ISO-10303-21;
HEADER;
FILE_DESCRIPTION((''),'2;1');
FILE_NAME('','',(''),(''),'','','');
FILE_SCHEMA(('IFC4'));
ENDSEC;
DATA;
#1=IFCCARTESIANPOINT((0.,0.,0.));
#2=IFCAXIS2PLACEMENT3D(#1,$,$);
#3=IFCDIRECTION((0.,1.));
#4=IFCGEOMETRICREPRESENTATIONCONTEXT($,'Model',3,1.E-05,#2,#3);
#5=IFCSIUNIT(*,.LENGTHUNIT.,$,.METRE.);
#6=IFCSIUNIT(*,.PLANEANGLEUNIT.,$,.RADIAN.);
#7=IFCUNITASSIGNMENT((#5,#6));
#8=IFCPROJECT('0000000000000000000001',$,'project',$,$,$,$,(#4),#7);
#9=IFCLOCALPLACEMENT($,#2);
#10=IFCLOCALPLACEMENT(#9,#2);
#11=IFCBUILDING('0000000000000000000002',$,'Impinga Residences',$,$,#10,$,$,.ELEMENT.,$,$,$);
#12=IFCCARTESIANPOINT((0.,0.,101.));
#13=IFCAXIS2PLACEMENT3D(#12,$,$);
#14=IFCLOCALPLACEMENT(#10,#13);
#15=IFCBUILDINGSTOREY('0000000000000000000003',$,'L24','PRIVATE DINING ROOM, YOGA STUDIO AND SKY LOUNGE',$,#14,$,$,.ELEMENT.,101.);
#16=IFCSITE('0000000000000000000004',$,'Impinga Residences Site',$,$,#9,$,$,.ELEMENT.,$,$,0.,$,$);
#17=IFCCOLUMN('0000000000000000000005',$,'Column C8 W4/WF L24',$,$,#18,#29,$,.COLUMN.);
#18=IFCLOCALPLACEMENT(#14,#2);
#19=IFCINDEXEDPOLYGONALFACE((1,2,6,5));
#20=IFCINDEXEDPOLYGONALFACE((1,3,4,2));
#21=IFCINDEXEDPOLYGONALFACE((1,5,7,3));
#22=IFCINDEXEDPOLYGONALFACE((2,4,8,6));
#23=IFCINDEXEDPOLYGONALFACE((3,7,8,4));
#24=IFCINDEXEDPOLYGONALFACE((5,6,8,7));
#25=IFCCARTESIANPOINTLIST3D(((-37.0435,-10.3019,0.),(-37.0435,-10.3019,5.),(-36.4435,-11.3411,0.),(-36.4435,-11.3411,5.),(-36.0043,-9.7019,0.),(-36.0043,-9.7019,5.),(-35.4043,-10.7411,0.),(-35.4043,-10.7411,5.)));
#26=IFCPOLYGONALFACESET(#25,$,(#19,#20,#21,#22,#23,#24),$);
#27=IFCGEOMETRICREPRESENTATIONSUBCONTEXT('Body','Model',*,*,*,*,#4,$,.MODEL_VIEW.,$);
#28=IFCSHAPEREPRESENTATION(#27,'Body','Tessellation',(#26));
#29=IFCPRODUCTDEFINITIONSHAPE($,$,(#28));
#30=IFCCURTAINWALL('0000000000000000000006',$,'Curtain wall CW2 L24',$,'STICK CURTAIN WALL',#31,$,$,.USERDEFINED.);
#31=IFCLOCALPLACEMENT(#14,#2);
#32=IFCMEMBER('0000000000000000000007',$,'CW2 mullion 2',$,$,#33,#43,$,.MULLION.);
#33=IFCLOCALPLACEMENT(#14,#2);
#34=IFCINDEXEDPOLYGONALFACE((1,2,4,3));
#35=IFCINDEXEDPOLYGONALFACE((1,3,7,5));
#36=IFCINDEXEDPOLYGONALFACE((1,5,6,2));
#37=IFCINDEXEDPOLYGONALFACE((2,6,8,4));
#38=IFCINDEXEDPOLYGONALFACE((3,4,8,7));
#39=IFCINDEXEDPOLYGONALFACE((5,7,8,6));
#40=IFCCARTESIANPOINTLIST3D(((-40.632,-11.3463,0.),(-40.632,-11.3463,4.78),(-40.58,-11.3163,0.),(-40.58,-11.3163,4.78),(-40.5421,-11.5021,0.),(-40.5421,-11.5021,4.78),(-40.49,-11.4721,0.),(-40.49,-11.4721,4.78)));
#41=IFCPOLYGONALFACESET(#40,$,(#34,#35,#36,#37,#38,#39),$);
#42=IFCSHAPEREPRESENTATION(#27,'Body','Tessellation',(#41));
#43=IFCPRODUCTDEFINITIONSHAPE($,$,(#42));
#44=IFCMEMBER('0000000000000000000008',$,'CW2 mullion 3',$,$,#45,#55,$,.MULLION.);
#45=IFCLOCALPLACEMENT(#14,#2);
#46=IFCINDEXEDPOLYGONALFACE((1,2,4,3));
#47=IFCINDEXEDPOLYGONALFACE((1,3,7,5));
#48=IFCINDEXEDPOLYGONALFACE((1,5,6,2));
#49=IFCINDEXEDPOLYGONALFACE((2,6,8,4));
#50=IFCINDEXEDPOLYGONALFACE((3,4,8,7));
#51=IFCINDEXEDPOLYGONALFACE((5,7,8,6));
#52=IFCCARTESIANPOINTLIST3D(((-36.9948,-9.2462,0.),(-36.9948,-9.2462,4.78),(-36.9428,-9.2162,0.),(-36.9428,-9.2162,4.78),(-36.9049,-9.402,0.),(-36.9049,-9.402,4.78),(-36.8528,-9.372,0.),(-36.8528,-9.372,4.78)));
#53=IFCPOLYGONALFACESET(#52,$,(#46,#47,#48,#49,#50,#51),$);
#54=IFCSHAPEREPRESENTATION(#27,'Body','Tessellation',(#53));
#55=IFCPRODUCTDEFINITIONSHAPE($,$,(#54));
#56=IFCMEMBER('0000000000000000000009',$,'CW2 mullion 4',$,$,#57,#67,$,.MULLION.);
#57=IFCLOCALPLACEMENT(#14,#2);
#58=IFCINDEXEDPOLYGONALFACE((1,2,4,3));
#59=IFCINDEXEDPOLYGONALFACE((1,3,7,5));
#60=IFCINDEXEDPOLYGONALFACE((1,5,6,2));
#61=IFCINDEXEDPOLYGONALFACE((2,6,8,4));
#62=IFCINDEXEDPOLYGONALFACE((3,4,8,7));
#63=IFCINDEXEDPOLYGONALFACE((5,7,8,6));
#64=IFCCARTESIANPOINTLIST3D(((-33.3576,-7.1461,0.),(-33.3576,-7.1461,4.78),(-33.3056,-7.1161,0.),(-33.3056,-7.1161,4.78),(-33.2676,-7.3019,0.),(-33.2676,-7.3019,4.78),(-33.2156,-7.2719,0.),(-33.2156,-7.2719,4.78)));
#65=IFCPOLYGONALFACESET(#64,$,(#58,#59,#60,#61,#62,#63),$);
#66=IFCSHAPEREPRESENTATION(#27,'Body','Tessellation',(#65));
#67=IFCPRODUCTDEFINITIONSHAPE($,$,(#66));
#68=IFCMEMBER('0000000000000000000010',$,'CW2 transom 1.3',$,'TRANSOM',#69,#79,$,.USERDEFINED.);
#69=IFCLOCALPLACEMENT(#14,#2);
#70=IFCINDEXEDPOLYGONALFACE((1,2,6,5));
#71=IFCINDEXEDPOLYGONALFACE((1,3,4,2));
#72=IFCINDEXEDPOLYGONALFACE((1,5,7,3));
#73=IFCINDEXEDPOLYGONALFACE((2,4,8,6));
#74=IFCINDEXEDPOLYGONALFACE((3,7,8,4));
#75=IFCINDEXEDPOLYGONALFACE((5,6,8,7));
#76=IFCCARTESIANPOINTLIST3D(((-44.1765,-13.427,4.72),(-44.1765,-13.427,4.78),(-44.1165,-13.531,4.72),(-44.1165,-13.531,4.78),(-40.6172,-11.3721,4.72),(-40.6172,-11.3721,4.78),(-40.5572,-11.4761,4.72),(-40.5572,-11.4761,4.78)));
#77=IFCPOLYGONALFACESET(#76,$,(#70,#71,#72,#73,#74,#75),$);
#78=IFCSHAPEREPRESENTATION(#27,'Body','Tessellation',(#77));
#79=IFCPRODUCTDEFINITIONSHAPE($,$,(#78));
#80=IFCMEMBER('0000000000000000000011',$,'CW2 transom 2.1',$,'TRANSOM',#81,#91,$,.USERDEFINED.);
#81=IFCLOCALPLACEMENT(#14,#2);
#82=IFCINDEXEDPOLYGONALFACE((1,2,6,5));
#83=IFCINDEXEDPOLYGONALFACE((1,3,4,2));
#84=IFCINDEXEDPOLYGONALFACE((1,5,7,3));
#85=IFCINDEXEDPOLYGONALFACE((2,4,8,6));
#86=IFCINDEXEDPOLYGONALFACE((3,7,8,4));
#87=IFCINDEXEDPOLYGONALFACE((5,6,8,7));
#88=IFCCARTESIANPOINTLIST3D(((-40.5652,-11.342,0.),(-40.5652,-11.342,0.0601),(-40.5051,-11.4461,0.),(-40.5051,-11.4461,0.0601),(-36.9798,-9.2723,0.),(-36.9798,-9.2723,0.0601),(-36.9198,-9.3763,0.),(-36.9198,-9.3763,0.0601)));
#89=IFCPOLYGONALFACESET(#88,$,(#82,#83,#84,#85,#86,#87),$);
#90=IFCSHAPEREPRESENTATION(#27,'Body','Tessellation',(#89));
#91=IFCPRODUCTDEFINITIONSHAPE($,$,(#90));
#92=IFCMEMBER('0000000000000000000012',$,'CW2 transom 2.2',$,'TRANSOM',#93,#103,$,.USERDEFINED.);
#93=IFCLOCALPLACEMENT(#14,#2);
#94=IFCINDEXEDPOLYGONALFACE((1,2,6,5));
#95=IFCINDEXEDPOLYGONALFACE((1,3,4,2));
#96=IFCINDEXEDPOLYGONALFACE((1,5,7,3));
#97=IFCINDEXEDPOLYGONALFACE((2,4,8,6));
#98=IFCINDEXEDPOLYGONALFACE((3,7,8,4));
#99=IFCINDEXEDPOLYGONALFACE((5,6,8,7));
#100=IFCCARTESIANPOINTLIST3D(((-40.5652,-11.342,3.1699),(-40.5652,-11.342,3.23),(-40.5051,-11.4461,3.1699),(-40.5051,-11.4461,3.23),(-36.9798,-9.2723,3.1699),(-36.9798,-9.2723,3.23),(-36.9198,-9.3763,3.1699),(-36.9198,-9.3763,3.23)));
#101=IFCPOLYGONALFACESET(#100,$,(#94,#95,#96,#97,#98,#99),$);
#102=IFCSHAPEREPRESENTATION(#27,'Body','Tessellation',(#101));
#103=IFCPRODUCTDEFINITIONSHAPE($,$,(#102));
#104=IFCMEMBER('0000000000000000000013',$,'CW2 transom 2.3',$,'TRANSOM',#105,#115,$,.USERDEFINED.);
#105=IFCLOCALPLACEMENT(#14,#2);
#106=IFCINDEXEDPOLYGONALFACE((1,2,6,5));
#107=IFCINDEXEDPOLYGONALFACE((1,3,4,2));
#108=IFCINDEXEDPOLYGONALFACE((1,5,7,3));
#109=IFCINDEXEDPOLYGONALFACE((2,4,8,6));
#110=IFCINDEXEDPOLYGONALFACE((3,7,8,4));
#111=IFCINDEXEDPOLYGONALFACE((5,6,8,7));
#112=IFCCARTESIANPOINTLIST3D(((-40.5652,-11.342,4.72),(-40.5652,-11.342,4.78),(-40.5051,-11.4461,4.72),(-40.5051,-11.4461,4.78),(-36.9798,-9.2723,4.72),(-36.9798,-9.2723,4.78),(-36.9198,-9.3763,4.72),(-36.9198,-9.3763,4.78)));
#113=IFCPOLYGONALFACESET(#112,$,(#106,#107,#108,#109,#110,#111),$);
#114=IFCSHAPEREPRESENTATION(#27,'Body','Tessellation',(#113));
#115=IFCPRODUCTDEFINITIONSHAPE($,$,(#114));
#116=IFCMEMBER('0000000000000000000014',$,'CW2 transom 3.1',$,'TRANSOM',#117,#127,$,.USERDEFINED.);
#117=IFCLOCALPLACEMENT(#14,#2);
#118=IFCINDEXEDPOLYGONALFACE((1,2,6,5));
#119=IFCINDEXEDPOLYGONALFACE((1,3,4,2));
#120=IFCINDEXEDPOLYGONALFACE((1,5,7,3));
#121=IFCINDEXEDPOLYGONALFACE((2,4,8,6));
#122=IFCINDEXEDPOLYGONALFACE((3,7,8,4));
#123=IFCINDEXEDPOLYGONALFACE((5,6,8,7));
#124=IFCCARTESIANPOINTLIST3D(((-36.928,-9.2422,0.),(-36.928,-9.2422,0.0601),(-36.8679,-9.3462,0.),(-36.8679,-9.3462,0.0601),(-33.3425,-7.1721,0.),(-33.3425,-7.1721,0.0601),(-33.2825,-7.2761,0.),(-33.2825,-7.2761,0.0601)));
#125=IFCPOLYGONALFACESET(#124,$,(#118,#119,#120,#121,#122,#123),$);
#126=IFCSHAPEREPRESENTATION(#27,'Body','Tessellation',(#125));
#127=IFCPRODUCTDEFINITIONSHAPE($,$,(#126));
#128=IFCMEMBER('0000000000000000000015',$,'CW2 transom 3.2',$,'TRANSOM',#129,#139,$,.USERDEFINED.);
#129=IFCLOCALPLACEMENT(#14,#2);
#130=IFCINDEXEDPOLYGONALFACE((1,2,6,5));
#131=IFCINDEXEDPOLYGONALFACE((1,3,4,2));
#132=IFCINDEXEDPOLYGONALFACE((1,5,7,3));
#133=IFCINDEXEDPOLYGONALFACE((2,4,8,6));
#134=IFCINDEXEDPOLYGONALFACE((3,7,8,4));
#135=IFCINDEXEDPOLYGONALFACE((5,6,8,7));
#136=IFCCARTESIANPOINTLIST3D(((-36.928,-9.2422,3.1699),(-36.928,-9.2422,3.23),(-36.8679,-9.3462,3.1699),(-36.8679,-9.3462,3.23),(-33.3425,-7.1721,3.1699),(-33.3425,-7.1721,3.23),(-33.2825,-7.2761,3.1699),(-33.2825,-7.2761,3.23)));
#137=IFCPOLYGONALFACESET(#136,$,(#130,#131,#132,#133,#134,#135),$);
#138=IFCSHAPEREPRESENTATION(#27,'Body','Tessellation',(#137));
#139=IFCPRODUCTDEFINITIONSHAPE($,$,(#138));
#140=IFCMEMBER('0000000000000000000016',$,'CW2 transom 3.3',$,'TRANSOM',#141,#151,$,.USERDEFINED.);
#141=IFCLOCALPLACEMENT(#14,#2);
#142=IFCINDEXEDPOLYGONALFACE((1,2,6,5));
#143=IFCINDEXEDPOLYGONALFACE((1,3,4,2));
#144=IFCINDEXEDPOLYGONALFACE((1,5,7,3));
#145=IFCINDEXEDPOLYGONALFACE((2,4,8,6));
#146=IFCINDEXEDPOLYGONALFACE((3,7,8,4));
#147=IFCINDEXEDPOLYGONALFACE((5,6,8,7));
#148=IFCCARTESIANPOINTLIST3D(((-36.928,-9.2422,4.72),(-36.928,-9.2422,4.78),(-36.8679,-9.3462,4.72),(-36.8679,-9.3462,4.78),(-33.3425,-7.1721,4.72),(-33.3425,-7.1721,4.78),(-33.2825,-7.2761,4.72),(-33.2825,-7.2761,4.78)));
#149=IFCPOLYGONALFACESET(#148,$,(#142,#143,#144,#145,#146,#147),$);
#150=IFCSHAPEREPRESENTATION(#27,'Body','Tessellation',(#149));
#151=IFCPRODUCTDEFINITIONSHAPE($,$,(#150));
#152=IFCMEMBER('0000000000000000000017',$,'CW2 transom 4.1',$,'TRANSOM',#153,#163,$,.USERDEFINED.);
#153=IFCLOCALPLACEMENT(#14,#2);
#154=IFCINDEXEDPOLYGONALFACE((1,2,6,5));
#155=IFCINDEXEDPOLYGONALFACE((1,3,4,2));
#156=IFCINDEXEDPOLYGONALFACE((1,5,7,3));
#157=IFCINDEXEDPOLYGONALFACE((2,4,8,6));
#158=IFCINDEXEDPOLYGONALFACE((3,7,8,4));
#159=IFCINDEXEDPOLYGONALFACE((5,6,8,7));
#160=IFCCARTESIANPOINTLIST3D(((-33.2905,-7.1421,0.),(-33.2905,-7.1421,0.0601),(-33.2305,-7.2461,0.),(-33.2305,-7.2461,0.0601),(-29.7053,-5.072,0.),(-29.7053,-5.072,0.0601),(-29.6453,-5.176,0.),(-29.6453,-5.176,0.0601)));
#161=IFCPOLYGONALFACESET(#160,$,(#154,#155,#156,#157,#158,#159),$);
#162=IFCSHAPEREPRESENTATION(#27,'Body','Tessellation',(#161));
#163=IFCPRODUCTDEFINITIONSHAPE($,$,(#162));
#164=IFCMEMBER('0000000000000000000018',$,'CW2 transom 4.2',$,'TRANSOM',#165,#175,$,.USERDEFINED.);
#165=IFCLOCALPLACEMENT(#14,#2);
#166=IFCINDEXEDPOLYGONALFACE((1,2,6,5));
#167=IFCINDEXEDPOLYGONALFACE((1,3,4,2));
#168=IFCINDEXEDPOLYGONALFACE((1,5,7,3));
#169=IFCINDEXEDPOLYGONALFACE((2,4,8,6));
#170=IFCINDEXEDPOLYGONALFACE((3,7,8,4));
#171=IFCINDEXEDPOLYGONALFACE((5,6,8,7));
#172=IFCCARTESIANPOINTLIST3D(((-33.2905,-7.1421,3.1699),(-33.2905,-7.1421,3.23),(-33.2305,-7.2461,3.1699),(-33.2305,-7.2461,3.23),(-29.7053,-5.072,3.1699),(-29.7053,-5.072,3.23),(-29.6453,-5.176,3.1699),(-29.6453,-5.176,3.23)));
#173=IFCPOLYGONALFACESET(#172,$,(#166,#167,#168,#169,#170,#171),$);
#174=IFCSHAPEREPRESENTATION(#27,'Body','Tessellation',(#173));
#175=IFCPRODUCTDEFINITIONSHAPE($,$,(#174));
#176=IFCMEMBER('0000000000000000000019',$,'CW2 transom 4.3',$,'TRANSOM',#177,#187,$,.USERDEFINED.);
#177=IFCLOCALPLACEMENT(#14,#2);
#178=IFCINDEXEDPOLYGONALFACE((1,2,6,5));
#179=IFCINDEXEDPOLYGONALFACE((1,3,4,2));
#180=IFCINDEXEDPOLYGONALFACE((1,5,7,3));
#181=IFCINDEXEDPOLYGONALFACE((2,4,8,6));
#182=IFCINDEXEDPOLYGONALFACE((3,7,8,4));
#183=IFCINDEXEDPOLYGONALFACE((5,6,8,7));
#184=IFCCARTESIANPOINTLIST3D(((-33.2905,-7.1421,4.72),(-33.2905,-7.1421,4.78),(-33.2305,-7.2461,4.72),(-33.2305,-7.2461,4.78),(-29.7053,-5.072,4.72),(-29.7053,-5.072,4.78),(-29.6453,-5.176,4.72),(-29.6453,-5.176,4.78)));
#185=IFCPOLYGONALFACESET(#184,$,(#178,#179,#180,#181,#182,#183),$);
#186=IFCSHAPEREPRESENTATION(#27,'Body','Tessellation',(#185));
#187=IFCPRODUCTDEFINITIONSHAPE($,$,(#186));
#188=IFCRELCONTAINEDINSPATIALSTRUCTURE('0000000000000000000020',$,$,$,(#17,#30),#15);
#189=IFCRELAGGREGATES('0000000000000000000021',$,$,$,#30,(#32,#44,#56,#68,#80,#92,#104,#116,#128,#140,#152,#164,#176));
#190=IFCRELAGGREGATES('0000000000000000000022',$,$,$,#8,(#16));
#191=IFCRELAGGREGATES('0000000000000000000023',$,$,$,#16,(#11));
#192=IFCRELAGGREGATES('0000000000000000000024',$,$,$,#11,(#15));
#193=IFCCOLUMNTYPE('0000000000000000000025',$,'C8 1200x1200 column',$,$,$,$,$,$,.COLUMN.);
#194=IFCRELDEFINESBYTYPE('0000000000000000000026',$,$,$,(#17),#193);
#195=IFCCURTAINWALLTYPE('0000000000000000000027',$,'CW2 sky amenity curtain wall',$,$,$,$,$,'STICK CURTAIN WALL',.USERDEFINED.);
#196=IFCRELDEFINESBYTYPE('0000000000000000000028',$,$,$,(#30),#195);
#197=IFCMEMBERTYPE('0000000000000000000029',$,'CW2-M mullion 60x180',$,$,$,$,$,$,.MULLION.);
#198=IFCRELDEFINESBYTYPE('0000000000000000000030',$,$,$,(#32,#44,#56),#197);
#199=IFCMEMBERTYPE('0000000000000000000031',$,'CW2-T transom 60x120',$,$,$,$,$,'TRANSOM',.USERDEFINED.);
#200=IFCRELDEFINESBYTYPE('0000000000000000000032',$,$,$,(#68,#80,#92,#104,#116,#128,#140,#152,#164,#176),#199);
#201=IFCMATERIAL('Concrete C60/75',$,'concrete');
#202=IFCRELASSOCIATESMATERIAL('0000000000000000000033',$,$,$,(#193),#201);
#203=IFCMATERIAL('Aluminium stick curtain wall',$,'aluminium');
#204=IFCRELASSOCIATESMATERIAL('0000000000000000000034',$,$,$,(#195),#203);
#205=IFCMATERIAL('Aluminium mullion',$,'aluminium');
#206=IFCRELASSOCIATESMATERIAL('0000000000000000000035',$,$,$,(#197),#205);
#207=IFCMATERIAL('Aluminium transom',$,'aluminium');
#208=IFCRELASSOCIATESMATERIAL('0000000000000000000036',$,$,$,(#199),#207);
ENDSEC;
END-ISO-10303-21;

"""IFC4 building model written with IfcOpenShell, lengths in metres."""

from ifc_helpers import new_model, si_unit, direction, frame, origin, origin_2d, place, context, subcontext, project, spatial, rectangle, extrude, material, material_profile, profile_set, type_object, element, aggregate, save


model = new_model("IFC4")

# Units and contexts
model_context = context("Model", 3, precision=1e-05, world=origin(), true_north=direction((0.0, 1.0)))
body_context = subcontext(model_context, "Body", "Model", "MODEL_VIEW")
ifc_project = project(units=[si_unit("LENGTHUNIT", "METRE"), si_unit("PLANEANGLEUNIT", "RADIAN")], contexts=[model_context])

# Site, building, storey
site_placement = place(None, origin())
site = spatial("IfcSite", under=ifc_project, at=site_placement, Name="Impinga Residences Site", CompositionType="ELEMENT", RefElevation=0.0)
building_placement = place(site_placement, origin())
building = spatial("IfcBuilding", under=site, at=building_placement, Name="Impinga Residences", CompositionType="ELEMENT")
storey_placement = place(building_placement, frame((0.0, 0.0, 101.0)))
storey = spatial("IfcBuildingStorey", under=building, at=storey_placement, Name="L24", Description="PRIVATE DINING ROOM, YOGA STUDIO AND SKY LOUNGE", CompositionType="ELEMENT", Elevation=101.0)

# Column
ifc_material_1 = material(Name="Concrete C60/75", Category="concrete")
ifc_material_profile_1 = material_profile(ifc_material_1, rectangle(XDim=1.2, YDim=1.2, at=origin_2d()), Name="RC 1200x1200")
ifc_profile_set_1 = profile_set([ifc_material_profile_1], Name="Concrete C60/75")
column_type = type_object("IfcColumnType", Name="C8 1200x1200 column", PredefinedType="COLUMN", material=ifc_profile_set_1)
column_placement = place(storey_placement, frame((-36.2239, -10.5215, 0.0), z_axis=(0.0, 0.0, 1.0), x_axis=(-0.5, 0.866025, 0.0)))
element("IfcColumn", 1, at=column_placement, inside=storey, type_object=column_type, Name="Column C8 W4/WF L24", PredefinedType="COLUMN", context=body_context, shape_type="SweptSolid", body=[
    extrude(rectangle(XDim=1.2, YDim=1.2, at=origin_2d()), origin(), (0.0, 0.0, 1.0), 5.0),
])

# Curtain wall, members
ifc_material_2 = material(Name="Aluminium stick curtain wall", Category="aluminium")
curtain_wall_type = type_object("IfcCurtainWallType", Name="CW2 sky amenity curtain wall", ElementType="STICK CURTAIN WALL", PredefinedType="USERDEFINED", material=ifc_material_2)
curtain_wall_placement = place(storey_placement, origin())
curtain_wall = element("IfcCurtainWall", 2, at=curtain_wall_placement, inside=storey, type_object=curtain_wall_type, Name="Curtain wall CW2 L24", ObjectType="STICK CURTAIN WALL", PredefinedType="USERDEFINED")
ifc_material_3 = material(Name="Aluminium mullion", Category="aluminium")
ifc_material_profile_2 = material_profile(ifc_material_3, rectangle(XDim=0.0601, YDim=0.1799, at=origin_2d()), Name="60x180 mullion")
ifc_profile_set_2 = profile_set([ifc_material_profile_2], Name="Aluminium mullion")
member_type_1 = type_object("IfcMemberType", Name="CW2-M mullion 60x180", PredefinedType="MULLION", material=ifc_profile_set_2)
member_1_placement = place(storey_placement, frame((-40.561, -11.4092, 0.0), z_axis=(0.0, 0.0, 1.0), x_axis=(0.866025, 0.5, 0.0)))
member_1 = element("IfcMember", 3, at=member_1_placement, type_object=member_type_1, Name="CW2 mullion 2", PredefinedType="MULLION", context=body_context, shape_type="SweptSolid", body=[
    extrude(rectangle(XDim=0.0601, YDim=0.1799, at=origin_2d()), origin(), (0.0, 0.0, 1.0), 4.78),
])
member_2_placement = place(storey_placement, frame((-36.9238, -9.3091, 0.0), z_axis=(0.0, 0.0, 1.0), x_axis=(0.866025, 0.5, 0.0)))
member_2 = element("IfcMember", 4, at=member_2_placement, type_object=member_type_1, Name="CW2 mullion 3", PredefinedType="MULLION", context=body_context, shape_type="SweptSolid", body=[
    extrude(rectangle(XDim=0.0601, YDim=0.1799, at=origin_2d()), origin(), (0.0, 0.0, 1.0), 4.78),
])
member_3_placement = place(storey_placement, frame((-33.2866, -7.209, 0.0), z_axis=(0.0, 0.0, 1.0), x_axis=(0.866025, 0.5, 0.0)))
member_3 = element("IfcMember", 5, at=member_3_placement, type_object=member_type_1, Name="CW2 mullion 4", PredefinedType="MULLION", context=body_context, shape_type="SweptSolid", body=[
    extrude(rectangle(XDim=0.0601, YDim=0.1799, at=origin_2d()), origin(), (0.0, 0.0, 1.0), 4.78),
])
ifc_material_4 = material(Name="Aluminium transom", Category="aluminium")
ifc_material_profile_3 = material_profile(ifc_material_4, rectangle(XDim=0.0601, YDim=0.1201, at=origin_2d()), Name="60x120 transom")
ifc_profile_set_3 = profile_set([ifc_material_profile_3], Name="Aluminium transom")
member_type_2 = type_object("IfcMemberType", Name="CW2-T transom 60x120", ElementType="TRANSOM", PredefinedType="USERDEFINED", material=ifc_profile_set_3)
member_4_placement = place(storey_placement, frame((-44.1465, -13.479, 4.75), z_axis=(0.86603, 0.499992, 0.0), x_axis=(0.0, 0.0, 1.0)))
member_4 = element("IfcMember", 6, at=member_4_placement, type_object=member_type_2, Name="CW2 transom 1.3", ObjectType="TRANSOM", PredefinedType="USERDEFINED", context=body_context, shape_type="SweptSolid", body=[
    extrude(rectangle(XDim=0.0601, YDim=0.1201, at=origin_2d()), origin(), (0.0, 0.0, 1.0), 4.1099),
])
member_5_placement = place(storey_placement, frame((-40.5352, -11.394, 0.03), z_axis=(0.86605, 0.499957, 0.0), x_axis=(0.0, 0.0, 1.0)))
member_5 = element("IfcMember", 7, at=member_5_placement, type_object=member_type_2, Name="CW2 transom 2.1", ObjectType="TRANSOM", PredefinedType="USERDEFINED", context=body_context, shape_type="SweptSolid", body=[
    extrude(rectangle(XDim=0.0601, YDim=0.1201, at=origin_2d()), origin(), (0.0, 0.0, 1.0), 4.1399),
])
member_6_placement = place(storey_placement, frame((-40.5352, -11.394, 3.2), z_axis=(0.86605, 0.499957, 0.0), x_axis=(0.0, 0.0, 1.0)))
member_6 = element("IfcMember", 8, at=member_6_placement, type_object=member_type_2, Name="CW2 transom 2.2", ObjectType="TRANSOM", PredefinedType="USERDEFINED", context=body_context, shape_type="SweptSolid", body=[
    extrude(rectangle(XDim=0.0601, YDim=0.1201, at=origin_2d()), origin(), (0.0, 0.0, 1.0), 4.1399),
])
member_7_placement = place(storey_placement, frame((-40.5352, -11.394, 4.75), z_axis=(0.86605, 0.499957, 0.0), x_axis=(0.0, 0.0, 1.0)))
member_7 = element("IfcMember", 9, at=member_7_placement, type_object=member_type_2, Name="CW2 transom 2.3", ObjectType="TRANSOM", PredefinedType="USERDEFINED", context=body_context, shape_type="SweptSolid", body=[
    extrude(rectangle(XDim=0.0601, YDim=0.1201, at=origin_2d()), origin(), (0.0, 0.0, 1.0), 4.1399),
])
member_8_placement = place(storey_placement, frame((-36.8979, -9.2942, 0.03), z_axis=(0.866025, 0.500002, 0.0), x_axis=(0.0, 0.0, 1.0)))
member_8 = element("IfcMember", 10, at=member_8_placement, type_object=member_type_2, Name="CW2 transom 3.1", ObjectType="TRANSOM", PredefinedType="USERDEFINED", context=body_context, shape_type="SweptSolid", body=[
    extrude(rectangle(XDim=0.0601, YDim=0.1201, at=origin_2d()), origin(), (0.0, 0.0, 1.0), 4.1401),
])
member_9_placement = place(storey_placement, frame((-36.8979, -9.2942, 3.2), z_axis=(0.866025, 0.500002, 0.0), x_axis=(0.0, 0.0, 1.0)))
member_9 = element("IfcMember", 11, at=member_9_placement, type_object=member_type_2, Name="CW2 transom 3.2", ObjectType="TRANSOM", PredefinedType="USERDEFINED", context=body_context, shape_type="SweptSolid", body=[
    extrude(rectangle(XDim=0.0601, YDim=0.1201, at=origin_2d()), origin(), (0.0, 0.0, 1.0), 4.1401),
])
member_10_placement = place(storey_placement, frame((-36.8979, -9.2942, 4.75), z_axis=(0.866025, 0.500002, 0.0), x_axis=(0.0, 0.0, 1.0)))
member_10 = element("IfcMember", 12, at=member_10_placement, type_object=member_type_2, Name="CW2 transom 3.3", ObjectType="TRANSOM", PredefinedType="USERDEFINED", context=body_context, shape_type="SweptSolid", body=[
    extrude(rectangle(XDim=0.0601, YDim=0.1201, at=origin_2d()), origin(), (0.0, 0.0, 1.0), 4.1401),
])
member_11_placement = place(storey_placement, frame((-33.2605, -7.1941, 0.03), z_axis=(0.86601, 0.500027, 0.0), x_axis=(0.0, 0.0, 1.0)))
member_11 = element("IfcMember", 13, at=member_11_placement, type_object=member_type_2, Name="CW2 transom 4.1", ObjectType="TRANSOM", PredefinedType="USERDEFINED", context=body_context, shape_type="SweptSolid", body=[
    extrude(rectangle(XDim=0.0601, YDim=0.1201, at=origin_2d()), origin(), (0.0, 0.0, 1.0), 4.1399),
])
member_12_placement = place(storey_placement, frame((-33.2605, -7.1941, 3.2), z_axis=(0.86601, 0.500027, 0.0), x_axis=(0.0, 0.0, 1.0)))
member_12 = element("IfcMember", 14, at=member_12_placement, type_object=member_type_2, Name="CW2 transom 4.2", ObjectType="TRANSOM", PredefinedType="USERDEFINED", context=body_context, shape_type="SweptSolid", body=[
    extrude(rectangle(XDim=0.0601, YDim=0.1201, at=origin_2d()), origin(), (0.0, 0.0, 1.0), 4.1399),
])
member_13_placement = place(storey_placement, frame((-33.2605, -7.1941, 4.75), z_axis=(0.86601, 0.500027, 0.0), x_axis=(0.0, 0.0, 1.0)))
member_13 = element("IfcMember", 15, at=member_13_placement, type_object=member_type_2, Name="CW2 transom 4.3", ObjectType="TRANSOM", PredefinedType="USERDEFINED", context=body_context, shape_type="SweptSolid", body=[
    extrude(rectangle(XDim=0.0601, YDim=0.1201, at=origin_2d()), origin(), (0.0, 0.0, 1.0), 4.1399),
])

aggregate(curtain_wall, [member_1, member_2, member_3, member_4, member_5, member_6, member_7, member_8, member_9, member_10, member_11, member_12, member_13])

save(model, "model.ifc")
